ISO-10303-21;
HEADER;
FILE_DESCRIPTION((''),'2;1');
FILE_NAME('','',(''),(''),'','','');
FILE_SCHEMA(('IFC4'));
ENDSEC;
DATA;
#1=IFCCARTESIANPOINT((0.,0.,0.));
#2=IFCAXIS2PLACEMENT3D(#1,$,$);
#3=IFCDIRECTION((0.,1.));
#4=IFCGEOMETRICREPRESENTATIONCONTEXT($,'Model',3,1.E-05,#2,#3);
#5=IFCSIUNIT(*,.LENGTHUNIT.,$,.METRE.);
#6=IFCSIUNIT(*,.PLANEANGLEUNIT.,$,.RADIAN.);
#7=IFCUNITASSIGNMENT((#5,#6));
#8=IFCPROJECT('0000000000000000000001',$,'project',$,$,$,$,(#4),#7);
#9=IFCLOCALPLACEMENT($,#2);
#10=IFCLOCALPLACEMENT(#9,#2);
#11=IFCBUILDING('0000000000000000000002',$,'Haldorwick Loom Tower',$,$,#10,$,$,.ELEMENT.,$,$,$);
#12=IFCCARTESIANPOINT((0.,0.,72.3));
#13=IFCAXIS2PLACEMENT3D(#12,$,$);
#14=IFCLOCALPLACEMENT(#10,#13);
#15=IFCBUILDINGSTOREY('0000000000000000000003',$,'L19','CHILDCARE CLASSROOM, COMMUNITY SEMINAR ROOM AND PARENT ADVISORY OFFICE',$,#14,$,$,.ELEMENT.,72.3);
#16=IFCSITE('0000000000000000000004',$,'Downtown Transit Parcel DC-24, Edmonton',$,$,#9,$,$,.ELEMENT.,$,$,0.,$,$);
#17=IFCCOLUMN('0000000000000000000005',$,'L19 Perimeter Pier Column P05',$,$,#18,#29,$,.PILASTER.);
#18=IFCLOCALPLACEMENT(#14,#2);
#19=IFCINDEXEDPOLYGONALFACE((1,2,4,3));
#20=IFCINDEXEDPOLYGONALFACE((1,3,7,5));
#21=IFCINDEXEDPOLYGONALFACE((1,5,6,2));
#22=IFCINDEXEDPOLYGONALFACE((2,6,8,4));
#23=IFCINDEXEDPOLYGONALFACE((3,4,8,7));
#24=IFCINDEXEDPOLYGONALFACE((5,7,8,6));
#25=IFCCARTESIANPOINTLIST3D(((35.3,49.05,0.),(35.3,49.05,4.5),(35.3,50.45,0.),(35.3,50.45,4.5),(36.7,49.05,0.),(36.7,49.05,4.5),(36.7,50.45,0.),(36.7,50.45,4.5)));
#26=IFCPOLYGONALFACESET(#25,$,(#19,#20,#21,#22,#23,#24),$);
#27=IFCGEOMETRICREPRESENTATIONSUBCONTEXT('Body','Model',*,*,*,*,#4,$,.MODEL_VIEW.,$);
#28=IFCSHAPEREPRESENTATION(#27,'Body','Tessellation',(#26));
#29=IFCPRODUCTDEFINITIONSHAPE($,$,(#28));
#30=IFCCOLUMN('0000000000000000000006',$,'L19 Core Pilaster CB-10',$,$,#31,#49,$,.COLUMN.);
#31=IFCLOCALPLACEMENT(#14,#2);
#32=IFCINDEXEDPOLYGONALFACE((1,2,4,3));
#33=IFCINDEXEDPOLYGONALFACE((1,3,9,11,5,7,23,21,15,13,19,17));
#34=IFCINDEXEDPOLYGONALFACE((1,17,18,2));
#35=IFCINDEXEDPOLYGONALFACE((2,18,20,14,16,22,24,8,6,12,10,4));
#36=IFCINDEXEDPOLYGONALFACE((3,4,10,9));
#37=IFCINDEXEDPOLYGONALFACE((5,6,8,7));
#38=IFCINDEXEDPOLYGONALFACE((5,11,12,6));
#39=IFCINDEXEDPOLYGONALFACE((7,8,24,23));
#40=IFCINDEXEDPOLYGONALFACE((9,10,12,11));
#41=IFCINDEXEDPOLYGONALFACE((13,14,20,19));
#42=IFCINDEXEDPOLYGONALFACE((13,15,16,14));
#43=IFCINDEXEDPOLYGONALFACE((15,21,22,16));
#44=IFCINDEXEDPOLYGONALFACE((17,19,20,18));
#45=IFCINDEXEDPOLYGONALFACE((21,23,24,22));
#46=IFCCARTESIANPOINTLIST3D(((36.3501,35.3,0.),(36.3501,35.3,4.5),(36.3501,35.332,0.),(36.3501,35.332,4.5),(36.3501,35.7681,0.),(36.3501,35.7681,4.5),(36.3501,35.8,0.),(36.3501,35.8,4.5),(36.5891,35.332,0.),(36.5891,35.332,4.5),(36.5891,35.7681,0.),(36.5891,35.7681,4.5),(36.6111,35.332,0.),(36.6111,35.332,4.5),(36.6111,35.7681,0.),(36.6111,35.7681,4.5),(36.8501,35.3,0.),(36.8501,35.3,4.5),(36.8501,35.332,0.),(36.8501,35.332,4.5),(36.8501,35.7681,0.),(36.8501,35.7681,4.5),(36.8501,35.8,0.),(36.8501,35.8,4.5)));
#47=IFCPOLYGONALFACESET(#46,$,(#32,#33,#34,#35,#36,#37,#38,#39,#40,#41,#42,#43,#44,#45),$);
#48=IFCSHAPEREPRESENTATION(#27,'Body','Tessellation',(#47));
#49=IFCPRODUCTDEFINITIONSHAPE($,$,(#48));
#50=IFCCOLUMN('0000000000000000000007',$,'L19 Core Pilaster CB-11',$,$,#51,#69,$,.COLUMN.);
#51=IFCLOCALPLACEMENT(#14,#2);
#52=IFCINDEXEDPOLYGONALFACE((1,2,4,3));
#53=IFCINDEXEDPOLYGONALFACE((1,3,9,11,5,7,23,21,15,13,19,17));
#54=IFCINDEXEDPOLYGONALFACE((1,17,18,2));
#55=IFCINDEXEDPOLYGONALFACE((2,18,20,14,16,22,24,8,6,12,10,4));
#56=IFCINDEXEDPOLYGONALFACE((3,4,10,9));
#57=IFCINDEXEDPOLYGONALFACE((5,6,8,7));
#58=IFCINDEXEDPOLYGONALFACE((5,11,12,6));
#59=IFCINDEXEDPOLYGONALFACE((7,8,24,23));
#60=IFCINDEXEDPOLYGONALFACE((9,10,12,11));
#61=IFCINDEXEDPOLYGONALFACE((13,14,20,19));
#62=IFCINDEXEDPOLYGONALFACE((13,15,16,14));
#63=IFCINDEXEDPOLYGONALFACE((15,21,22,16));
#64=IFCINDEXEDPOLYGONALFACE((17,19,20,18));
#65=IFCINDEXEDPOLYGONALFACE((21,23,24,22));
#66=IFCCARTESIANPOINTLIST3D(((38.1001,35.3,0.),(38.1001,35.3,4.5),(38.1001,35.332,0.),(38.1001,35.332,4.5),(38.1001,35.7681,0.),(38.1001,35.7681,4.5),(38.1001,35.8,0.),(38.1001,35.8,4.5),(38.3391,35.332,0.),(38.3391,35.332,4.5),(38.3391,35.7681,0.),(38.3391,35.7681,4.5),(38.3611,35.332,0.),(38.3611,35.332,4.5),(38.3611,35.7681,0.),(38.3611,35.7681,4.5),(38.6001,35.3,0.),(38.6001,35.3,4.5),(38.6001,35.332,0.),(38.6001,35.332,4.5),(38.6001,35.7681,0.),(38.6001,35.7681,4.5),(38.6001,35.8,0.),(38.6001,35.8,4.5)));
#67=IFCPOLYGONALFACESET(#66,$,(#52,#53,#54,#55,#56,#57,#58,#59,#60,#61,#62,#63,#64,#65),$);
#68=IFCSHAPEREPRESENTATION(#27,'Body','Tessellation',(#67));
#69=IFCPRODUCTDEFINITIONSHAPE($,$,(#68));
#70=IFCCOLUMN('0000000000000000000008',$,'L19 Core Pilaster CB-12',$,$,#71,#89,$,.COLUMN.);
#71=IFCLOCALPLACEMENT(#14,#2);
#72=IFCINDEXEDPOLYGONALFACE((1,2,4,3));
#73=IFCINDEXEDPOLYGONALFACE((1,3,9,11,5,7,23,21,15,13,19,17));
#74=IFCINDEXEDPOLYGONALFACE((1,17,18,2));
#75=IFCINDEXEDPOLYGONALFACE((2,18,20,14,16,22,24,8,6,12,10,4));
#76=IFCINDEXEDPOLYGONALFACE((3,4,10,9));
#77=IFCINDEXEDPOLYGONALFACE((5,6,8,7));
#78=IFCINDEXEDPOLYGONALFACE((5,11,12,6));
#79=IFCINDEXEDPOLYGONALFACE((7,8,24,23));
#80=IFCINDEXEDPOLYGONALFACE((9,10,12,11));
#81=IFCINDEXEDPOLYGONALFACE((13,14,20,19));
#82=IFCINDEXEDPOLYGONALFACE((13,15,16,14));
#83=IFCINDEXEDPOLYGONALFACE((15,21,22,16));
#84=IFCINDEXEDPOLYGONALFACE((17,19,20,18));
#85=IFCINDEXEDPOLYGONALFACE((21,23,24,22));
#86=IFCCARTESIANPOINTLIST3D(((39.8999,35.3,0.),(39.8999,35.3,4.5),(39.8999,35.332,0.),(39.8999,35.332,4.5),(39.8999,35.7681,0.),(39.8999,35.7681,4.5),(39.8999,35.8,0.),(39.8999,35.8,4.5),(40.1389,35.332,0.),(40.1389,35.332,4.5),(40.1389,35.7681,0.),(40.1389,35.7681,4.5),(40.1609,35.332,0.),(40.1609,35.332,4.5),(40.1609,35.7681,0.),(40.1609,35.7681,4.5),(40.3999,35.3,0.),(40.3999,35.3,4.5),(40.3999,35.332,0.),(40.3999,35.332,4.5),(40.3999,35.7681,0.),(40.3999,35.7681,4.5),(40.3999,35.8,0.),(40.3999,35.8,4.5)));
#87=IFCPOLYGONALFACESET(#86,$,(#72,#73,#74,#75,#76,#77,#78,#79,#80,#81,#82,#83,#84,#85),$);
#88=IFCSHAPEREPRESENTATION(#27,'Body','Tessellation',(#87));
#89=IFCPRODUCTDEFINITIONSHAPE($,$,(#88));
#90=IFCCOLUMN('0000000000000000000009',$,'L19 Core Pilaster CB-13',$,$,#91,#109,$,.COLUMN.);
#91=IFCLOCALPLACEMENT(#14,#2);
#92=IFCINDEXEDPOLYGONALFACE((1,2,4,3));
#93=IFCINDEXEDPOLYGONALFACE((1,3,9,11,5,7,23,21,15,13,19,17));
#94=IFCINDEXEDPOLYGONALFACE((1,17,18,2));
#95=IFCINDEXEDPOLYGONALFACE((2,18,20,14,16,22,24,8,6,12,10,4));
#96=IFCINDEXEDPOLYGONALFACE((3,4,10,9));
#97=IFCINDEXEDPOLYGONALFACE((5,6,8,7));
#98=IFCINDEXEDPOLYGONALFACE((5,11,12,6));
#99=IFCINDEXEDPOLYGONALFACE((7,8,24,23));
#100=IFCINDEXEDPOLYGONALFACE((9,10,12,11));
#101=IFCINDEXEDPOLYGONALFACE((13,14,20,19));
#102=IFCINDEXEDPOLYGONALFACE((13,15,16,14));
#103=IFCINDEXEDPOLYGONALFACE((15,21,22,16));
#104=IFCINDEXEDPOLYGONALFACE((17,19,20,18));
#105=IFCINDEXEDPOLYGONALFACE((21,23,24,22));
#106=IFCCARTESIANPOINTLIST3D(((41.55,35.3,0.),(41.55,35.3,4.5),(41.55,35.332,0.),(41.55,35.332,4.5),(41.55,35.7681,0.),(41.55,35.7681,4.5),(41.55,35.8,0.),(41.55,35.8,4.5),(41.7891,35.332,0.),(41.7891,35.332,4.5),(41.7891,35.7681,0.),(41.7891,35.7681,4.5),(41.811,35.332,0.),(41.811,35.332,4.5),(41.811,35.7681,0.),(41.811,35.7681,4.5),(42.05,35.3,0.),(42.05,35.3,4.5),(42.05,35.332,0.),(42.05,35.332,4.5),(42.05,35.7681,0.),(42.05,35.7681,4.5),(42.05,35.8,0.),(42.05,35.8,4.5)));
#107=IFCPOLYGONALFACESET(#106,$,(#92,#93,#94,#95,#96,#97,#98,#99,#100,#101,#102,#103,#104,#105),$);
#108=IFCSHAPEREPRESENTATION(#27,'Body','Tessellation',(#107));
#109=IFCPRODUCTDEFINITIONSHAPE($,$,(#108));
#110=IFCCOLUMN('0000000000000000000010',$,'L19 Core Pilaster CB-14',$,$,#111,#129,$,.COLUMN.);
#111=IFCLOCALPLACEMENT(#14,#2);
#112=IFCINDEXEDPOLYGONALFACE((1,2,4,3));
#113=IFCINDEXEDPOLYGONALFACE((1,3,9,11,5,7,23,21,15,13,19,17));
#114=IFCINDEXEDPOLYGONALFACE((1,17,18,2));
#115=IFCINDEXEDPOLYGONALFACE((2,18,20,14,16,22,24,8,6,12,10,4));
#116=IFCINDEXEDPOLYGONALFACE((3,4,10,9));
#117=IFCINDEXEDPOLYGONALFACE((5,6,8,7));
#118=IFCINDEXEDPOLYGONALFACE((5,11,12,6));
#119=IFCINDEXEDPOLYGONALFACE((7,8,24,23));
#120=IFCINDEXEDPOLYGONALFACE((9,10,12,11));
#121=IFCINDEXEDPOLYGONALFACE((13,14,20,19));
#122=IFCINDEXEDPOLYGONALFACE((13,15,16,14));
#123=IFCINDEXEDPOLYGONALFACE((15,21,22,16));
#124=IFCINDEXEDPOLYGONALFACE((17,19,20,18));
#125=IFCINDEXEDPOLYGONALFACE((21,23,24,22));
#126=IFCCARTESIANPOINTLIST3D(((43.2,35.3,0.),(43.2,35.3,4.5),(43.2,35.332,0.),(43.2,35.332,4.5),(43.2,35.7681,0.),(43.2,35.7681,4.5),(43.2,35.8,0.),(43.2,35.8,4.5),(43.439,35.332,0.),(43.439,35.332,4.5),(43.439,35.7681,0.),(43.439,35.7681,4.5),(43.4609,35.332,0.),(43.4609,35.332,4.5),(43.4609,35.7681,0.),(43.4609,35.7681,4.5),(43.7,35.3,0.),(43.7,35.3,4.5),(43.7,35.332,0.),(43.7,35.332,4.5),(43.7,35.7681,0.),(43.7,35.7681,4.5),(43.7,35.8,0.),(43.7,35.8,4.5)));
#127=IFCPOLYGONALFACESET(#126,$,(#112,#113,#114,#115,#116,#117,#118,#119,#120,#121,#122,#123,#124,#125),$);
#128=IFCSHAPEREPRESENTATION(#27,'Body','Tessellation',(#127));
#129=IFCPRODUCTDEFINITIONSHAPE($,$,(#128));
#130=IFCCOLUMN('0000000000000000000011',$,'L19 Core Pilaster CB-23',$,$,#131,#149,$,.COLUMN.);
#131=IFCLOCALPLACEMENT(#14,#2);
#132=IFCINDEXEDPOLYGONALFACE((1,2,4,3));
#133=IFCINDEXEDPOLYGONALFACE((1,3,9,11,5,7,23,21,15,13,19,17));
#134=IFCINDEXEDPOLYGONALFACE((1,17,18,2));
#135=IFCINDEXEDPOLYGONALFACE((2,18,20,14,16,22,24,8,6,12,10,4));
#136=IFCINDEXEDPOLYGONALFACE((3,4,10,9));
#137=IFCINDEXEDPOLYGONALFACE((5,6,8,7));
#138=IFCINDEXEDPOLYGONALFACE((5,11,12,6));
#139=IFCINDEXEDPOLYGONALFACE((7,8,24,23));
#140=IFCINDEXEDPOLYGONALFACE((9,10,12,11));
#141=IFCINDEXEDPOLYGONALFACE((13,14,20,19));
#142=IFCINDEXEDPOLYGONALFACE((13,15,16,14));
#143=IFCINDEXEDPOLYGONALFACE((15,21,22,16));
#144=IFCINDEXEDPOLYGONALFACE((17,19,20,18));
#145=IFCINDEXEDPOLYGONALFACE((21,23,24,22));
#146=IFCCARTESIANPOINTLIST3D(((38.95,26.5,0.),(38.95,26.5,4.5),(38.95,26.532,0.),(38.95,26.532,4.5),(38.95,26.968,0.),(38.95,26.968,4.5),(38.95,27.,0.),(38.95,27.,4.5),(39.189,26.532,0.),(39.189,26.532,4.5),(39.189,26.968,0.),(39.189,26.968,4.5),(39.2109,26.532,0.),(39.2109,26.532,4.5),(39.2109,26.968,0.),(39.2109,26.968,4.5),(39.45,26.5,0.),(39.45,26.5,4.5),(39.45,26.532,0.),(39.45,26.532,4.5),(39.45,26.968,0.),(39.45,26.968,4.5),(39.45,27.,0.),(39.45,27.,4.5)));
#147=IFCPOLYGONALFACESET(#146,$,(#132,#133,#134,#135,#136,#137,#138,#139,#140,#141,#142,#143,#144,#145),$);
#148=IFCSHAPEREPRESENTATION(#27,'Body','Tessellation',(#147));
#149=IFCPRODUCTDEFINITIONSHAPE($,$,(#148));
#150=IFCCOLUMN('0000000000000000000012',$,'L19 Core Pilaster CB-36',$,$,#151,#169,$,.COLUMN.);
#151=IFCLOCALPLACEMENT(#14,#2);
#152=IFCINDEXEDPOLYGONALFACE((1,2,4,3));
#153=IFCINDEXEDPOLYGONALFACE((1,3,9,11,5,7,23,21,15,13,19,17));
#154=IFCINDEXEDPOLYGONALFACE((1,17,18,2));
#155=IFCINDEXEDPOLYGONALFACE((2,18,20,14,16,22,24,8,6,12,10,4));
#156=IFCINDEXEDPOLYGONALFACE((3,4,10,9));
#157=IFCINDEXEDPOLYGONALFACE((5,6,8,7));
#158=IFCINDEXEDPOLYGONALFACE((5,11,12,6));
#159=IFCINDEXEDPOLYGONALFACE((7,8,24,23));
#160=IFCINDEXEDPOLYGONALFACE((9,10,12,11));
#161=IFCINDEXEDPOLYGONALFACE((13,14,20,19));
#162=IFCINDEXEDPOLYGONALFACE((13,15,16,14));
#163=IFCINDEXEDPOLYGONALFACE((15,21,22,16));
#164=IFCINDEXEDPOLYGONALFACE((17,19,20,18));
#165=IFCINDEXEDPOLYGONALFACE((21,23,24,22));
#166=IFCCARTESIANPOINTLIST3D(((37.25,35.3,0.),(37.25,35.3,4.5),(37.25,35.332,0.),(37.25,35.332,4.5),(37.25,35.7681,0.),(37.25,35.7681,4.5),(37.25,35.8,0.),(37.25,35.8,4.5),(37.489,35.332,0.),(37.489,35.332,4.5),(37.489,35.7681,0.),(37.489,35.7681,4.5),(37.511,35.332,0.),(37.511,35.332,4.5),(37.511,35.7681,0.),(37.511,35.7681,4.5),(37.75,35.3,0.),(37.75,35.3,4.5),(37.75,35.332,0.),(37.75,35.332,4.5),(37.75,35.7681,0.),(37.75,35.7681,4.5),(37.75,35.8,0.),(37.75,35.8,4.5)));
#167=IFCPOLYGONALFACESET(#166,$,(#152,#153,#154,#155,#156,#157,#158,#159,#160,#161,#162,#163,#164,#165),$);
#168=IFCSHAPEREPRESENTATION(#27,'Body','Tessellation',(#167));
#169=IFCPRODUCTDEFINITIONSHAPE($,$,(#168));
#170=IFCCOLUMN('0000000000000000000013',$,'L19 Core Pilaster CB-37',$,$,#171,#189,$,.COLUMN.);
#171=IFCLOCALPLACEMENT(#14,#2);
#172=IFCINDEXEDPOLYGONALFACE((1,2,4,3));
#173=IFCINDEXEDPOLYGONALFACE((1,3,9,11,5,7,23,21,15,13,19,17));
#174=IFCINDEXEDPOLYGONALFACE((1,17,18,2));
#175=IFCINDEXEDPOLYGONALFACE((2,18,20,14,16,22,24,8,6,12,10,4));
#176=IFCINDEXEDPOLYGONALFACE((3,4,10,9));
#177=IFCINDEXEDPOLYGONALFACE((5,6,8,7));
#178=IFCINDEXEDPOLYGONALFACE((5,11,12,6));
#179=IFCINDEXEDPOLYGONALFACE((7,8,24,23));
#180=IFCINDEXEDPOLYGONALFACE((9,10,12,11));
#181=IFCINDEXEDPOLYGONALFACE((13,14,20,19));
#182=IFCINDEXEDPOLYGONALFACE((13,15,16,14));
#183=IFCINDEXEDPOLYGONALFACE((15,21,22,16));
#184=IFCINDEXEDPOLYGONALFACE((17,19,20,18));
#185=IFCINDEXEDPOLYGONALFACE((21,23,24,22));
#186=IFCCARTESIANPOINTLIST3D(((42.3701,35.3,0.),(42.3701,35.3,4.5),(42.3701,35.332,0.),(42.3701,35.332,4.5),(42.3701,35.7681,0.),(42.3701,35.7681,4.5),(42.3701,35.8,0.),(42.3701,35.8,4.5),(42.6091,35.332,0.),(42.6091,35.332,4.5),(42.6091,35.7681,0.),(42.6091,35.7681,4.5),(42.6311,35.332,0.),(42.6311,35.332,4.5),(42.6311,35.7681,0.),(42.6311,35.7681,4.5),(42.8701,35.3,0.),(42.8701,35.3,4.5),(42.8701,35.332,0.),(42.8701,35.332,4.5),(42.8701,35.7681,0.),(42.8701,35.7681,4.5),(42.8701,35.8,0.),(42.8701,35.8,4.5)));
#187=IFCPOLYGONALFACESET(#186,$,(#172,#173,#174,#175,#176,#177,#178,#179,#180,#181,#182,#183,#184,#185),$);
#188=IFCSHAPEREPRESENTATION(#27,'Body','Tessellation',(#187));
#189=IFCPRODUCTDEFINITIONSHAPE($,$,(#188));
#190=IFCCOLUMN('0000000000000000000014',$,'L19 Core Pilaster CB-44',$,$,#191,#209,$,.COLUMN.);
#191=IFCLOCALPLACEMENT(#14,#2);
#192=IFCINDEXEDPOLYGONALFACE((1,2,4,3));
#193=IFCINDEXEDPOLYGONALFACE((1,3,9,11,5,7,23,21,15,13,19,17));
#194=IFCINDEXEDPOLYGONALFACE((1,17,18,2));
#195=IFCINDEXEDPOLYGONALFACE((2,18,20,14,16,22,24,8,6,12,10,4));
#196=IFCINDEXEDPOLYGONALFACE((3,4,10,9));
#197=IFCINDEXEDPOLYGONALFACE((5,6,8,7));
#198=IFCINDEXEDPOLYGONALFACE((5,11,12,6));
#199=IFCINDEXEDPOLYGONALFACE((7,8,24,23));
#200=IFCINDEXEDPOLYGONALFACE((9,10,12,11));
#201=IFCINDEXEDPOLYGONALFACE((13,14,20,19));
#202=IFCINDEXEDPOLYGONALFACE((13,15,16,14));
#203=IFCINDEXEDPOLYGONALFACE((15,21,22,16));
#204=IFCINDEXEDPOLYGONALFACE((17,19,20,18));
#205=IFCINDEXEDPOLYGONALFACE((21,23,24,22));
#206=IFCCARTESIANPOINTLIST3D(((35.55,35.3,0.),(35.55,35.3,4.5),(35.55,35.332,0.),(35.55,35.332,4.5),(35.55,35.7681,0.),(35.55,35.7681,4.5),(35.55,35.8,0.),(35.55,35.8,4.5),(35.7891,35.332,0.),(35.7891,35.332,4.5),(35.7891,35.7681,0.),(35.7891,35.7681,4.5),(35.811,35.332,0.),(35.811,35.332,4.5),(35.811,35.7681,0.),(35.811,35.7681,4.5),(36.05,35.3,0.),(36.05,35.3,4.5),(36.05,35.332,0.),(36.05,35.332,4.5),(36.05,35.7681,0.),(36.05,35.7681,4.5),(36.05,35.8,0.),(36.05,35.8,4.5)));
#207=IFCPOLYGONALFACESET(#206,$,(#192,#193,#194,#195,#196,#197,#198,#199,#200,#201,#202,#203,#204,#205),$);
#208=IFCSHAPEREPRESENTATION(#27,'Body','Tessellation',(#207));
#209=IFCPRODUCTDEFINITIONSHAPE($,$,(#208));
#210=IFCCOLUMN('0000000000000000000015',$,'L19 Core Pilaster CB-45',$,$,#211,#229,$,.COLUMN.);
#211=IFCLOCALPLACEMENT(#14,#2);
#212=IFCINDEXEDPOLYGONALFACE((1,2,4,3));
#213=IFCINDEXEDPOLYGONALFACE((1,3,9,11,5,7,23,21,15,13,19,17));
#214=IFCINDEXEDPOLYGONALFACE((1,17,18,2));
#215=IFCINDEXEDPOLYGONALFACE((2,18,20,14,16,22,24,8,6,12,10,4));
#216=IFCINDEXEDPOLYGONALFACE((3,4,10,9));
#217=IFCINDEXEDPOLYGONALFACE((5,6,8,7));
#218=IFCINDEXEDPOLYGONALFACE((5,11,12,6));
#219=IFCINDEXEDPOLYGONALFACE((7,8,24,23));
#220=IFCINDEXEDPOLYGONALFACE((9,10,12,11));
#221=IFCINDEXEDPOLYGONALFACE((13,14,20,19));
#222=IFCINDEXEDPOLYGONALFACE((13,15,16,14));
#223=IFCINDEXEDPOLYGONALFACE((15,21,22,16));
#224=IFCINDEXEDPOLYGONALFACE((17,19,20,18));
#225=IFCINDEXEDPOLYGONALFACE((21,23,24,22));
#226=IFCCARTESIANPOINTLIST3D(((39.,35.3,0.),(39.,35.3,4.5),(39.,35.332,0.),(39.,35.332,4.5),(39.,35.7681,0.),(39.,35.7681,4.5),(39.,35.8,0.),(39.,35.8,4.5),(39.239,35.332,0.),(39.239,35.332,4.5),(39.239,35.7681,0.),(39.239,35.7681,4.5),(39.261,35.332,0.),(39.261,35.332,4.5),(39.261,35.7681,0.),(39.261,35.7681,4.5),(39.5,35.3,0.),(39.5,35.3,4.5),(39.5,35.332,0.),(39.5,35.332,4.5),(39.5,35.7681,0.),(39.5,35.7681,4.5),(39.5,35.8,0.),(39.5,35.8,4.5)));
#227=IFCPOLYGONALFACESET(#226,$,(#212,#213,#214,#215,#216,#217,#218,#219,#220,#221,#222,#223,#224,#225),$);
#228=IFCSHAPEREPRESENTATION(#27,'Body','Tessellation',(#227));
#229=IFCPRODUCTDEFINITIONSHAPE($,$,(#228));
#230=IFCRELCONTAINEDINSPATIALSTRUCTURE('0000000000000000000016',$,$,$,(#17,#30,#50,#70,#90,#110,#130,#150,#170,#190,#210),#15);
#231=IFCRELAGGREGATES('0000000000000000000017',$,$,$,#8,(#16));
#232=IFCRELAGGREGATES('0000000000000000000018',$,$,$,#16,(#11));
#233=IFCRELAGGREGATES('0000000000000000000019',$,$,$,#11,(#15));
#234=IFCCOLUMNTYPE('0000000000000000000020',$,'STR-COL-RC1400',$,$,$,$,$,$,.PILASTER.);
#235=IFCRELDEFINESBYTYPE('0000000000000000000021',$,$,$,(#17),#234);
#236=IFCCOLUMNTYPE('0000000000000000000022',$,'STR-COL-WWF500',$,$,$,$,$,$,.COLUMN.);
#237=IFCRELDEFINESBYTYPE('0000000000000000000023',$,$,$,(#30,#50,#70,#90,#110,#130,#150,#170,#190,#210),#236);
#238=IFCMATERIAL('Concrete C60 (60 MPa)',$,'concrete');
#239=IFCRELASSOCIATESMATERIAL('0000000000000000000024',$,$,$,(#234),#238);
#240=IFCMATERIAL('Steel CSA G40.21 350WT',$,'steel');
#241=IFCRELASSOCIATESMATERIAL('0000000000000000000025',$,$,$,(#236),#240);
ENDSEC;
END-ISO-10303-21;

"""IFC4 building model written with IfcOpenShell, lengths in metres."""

from ifc_helpers import new_model, si_unit, direction, frame, origin, origin_2d, place, context, subcontext, project, spatial, rectangle, i_section, extrude, material, material_profile, profile_set, type_object, element, save


model = new_model("IFC4")

# Units and contexts
model_context = context("Model", 3, precision=1e-05, world=origin(), true_north=direction((0.0, 1.0)))
body_context = subcontext(model_context, "Body", "Model", "MODEL_VIEW")
ifc_project = project(units=[si_unit("LENGTHUNIT", "METRE"), si_unit("PLANEANGLEUNIT", "RADIAN")], contexts=[model_context])

# Site, building, storey
site_placement = place(None, origin())
site = spatial("IfcSite", under=ifc_project, at=site_placement, Name="Downtown Transit Parcel DC-24, Edmonton", CompositionType="ELEMENT", RefElevation=0.0)
building_placement = place(site_placement, origin())
building = spatial("IfcBuilding", under=site, at=building_placement, Name="Haldorwick Loom Tower", CompositionType="ELEMENT")
storey_placement = place(building_placement, frame((0.0, 0.0, 72.3)))
storey = spatial("IfcBuildingStorey", under=building, at=storey_placement, Name="L19", Description="CHILDCARE CLASSROOM, COMMUNITY SEMINAR ROOM AND PARENT ADVISORY OFFICE", CompositionType="ELEMENT", Elevation=72.3)

# Columns
ifc_material_1 = material(Name="Concrete C60 (60 MPa)", Category="concrete")
ifc_material_profile_1 = material_profile(ifc_material_1, rectangle(XDim=1.3999, YDim=1.3999, at=origin_2d()), Name="RC1400X1400", Category="concrete")
ifc_profile_set_1 = profile_set([ifc_material_profile_1], Name="Concrete C60 (60 MPa)")
column_type_1 = type_object("IfcColumnType", Name="STR-COL-RC1400", PredefinedType="PILASTER", material=ifc_profile_set_1)
column_placement = place(storey_placement, frame((36.0, 49.75, 0.0), z_axis=(0.0, 0.0, 1.0), x_axis=(0.0, 1.0, 0.0)))
element("IfcColumn", 1, at=column_placement, inside=storey, type_object=column_type_1, Name="L19 Perimeter Pier Column P05", PredefinedType="PILASTER", context=body_context, shape_type="SweptSolid", body=[
    extrude(rectangle(XDim=1.3999, YDim=1.3999, at=origin_2d()), origin(), (0.0, 0.0, 1.0), 4.5),
])
ifc_material_2 = material(Name="Steel CSA G40.21 350WT", Category="steel")
ifc_material_profile_2 = material_profile(ifc_material_2, i_section(OverallWidth=0.5, OverallDepth=0.5, WebThickness=0.022, FlangeThickness=0.032, at=origin_2d()), Name="WWF500X500", Category="steel")
ifc_profile_set_2 = profile_set([ifc_material_profile_2], Name="Steel CSA G40.21 350WT")
column_type_2 = type_object("IfcColumnType", Name="STR-COL-WWF500", PredefinedType="COLUMN", material=ifc_profile_set_2)
for number, where, z_axis, x_axis, name in (
    (2, (36.6001, 35.55, 0.0), (0.0, 0.0, 1.0), (1.0, 0.0, 0.0), "L19 Core Pilaster CB-10"),
    (3, (38.3501, 35.55, 0.0), (0.0, 0.0, 1.0), (1.0, 0.0, 0.0), "L19 Core Pilaster CB-11"),
    (4, (40.1499, 35.55, 0.0), (0.0, 0.0, 1.0), (1.0, 0.0, 0.0), "L19 Core Pilaster CB-12"),
    (5, (41.8, 35.55, 0.0), (0.0, 0.0, 1.0), (1.0, 0.0, 0.0), "L19 Core Pilaster CB-13"),
    (6, (43.45, 35.55, 0.0), (0.0, 0.0, 1.0), (1.0, 0.0, 0.0), "L19 Core Pilaster CB-14"),
    (7, (39.2, 26.75, 0.0), (0.0, 0.0, 1.0), (1.0, 0.0, 0.0), "L19 Core Pilaster CB-23"),
    (8, (37.5, 35.55, 0.0), (0.0, 0.0, 1.0), (1.0, 0.0, 0.0), "L19 Core Pilaster CB-36"),
    (9, (42.6201, 35.55, 0.0), (0.0, 0.0, 1.0), (1.0, 0.0, 0.0), "L19 Core Pilaster CB-37"),
    (10, (35.8, 35.55, 0.0), (0.0, 0.0, 1.0), (1.0, 0.0, 0.0), "L19 Core Pilaster CB-44"),
    (11, (39.25, 35.55, 0.0), (0.0, 0.0, 1.0), (1.0, 0.0, 0.0), "L19 Core Pilaster CB-45"),
):
    element("IfcColumn", number, at=place(storey_placement, frame(where, z_axis=z_axis, x_axis=x_axis)), inside=storey, type_object=column_type_2, Name=name, PredefinedType="COLUMN", context=body_context, shape_type="SweptSolid", body=[
        extrude(i_section(OverallWidth=0.5, OverallDepth=0.5, WebThickness=0.022, FlangeThickness=0.032, at=origin_2d()), origin(), (0.0, 0.0, 1.0), 4.5),
    ])

save(model, "model.ifc")
